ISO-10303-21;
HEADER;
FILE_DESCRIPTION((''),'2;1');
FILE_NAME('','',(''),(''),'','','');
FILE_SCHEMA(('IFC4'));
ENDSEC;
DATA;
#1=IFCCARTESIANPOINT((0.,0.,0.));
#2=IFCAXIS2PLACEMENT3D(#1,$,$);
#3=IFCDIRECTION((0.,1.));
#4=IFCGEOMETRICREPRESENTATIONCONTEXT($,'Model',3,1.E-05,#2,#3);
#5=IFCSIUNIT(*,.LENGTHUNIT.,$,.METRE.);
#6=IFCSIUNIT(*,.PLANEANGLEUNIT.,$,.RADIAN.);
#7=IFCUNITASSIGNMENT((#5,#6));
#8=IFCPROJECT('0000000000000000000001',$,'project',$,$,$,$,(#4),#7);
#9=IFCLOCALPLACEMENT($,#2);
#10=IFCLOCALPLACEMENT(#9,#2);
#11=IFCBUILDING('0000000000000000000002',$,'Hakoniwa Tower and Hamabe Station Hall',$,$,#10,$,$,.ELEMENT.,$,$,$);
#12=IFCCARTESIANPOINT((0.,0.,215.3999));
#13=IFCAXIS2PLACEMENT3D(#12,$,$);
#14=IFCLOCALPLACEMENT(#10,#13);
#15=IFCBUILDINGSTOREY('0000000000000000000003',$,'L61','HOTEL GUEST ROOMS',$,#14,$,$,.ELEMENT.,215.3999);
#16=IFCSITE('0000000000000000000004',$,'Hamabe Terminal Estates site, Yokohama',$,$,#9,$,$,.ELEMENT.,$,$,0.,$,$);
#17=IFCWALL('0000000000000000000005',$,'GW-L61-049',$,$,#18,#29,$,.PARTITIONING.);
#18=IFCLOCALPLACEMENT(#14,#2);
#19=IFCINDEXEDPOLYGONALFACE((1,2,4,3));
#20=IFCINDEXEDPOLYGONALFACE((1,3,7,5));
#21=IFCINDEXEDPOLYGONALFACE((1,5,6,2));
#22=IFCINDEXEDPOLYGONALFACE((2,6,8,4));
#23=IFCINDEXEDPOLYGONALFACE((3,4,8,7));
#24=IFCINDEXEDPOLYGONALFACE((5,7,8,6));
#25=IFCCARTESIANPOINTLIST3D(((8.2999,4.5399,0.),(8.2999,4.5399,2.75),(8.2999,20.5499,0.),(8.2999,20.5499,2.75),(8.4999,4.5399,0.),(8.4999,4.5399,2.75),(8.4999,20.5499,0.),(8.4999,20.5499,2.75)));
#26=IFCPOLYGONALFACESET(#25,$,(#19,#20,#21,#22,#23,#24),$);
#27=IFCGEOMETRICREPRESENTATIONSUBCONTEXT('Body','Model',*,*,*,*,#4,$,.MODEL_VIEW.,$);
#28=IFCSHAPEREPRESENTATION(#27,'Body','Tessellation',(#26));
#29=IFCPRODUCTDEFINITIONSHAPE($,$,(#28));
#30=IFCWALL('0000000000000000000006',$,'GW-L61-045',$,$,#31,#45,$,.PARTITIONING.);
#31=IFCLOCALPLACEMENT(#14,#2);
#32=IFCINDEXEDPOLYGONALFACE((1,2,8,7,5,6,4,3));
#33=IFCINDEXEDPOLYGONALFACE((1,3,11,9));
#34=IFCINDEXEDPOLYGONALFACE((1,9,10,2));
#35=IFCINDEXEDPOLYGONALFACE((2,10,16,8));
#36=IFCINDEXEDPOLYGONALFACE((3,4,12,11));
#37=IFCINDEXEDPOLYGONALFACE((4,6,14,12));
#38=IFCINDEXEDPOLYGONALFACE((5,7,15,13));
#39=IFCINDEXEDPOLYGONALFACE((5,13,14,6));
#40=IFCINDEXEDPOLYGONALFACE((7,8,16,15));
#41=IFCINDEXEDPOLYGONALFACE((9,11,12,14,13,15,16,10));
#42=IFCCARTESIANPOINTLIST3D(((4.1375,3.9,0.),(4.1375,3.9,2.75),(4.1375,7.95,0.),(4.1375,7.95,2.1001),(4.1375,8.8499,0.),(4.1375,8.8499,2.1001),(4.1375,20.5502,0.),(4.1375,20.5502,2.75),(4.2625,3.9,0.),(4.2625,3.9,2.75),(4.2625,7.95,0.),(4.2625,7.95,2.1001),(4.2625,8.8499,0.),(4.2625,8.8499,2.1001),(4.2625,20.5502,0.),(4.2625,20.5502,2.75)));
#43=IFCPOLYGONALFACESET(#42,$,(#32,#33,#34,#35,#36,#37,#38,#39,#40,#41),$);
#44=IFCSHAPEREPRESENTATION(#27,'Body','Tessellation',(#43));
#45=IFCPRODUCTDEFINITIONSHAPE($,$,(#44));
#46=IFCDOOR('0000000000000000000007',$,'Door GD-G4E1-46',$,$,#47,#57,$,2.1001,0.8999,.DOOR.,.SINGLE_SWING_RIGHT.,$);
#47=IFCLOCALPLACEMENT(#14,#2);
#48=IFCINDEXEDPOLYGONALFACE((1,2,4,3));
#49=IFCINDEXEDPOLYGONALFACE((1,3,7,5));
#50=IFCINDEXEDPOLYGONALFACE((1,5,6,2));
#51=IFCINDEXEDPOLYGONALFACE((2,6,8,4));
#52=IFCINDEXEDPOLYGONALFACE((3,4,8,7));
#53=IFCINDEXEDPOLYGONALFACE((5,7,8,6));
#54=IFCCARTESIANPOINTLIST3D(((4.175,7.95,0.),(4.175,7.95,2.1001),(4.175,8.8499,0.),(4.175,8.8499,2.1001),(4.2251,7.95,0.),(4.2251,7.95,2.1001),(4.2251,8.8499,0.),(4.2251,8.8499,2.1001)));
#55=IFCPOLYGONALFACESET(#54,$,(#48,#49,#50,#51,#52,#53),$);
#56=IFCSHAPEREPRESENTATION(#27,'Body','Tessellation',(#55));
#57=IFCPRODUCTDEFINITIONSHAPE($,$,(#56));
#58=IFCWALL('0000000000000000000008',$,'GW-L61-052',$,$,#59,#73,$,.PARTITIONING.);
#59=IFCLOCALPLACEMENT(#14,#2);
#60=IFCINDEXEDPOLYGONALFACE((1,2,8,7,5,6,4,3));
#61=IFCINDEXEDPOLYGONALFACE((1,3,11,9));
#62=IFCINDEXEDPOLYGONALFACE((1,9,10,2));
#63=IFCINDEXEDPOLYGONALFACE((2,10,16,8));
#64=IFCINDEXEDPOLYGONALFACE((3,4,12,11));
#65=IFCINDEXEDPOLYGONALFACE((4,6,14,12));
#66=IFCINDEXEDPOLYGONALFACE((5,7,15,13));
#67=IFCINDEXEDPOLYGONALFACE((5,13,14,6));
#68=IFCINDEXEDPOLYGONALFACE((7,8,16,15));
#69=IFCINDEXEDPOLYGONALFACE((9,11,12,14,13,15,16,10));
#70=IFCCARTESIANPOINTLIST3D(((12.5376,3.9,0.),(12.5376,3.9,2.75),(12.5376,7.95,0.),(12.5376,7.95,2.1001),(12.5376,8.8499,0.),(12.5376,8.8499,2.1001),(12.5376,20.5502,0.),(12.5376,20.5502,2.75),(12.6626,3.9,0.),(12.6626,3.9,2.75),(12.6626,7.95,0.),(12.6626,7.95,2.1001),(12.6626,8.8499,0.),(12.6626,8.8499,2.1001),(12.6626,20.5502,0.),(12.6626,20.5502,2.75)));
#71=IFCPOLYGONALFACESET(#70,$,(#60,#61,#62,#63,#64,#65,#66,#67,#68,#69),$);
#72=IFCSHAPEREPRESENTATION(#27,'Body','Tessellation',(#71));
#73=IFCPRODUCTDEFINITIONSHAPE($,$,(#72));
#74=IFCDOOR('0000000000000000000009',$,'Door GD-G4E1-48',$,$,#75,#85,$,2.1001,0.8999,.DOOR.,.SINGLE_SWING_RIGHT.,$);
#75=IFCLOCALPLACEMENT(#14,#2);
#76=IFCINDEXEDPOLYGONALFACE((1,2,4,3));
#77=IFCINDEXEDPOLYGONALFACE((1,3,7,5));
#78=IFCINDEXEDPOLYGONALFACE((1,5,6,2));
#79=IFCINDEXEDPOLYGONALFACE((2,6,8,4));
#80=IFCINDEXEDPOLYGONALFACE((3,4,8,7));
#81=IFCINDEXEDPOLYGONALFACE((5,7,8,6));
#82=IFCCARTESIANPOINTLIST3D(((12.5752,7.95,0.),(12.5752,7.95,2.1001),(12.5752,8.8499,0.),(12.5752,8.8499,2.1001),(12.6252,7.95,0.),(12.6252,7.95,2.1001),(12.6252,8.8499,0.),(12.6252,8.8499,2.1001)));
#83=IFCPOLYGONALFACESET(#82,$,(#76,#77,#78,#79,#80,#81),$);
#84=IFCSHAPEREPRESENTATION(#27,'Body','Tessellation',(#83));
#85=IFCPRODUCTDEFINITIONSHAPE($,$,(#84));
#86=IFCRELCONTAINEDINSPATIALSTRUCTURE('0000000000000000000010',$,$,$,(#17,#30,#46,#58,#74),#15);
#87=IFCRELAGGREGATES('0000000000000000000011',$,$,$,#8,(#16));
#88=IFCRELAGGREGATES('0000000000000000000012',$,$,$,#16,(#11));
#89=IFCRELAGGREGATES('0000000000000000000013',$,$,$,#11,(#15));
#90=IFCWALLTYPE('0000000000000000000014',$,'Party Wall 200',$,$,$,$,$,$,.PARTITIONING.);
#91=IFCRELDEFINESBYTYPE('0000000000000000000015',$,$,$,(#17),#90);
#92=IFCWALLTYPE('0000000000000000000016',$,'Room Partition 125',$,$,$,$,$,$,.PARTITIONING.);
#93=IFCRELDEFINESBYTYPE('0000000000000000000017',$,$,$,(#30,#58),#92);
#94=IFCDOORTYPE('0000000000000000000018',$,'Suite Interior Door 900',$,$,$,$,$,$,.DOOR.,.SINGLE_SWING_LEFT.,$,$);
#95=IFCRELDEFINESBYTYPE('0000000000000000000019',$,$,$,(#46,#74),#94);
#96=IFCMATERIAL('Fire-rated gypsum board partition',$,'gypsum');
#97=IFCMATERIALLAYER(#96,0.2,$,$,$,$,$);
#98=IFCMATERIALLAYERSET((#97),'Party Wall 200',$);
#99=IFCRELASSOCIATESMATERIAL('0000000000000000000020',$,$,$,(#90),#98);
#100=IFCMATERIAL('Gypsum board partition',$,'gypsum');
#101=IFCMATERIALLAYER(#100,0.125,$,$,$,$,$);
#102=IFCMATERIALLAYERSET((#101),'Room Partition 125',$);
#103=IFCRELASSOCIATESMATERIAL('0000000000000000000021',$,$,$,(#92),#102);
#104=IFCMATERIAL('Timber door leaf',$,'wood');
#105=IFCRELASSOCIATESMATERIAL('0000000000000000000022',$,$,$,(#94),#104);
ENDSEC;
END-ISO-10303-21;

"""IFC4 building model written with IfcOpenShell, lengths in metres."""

from ifc_helpers import new_model, si_unit, direction, frame, frame_2d, origin, place, context, subcontext, project, spatial, rectangle, extrude, material, layer, layer_set, type_object, element, fill, save


model = new_model("IFC4")

# Units and contexts
model_context = context("Model", 3, precision=1e-05, world=origin(), true_north=direction((0.0, 1.0)))
body_context = subcontext(model_context, "Body", "Model", "MODEL_VIEW")
ifc_project = project(units=[si_unit("LENGTHUNIT", "METRE"), si_unit("PLANEANGLEUNIT", "RADIAN")], contexts=[model_context])

# Site, building, storey
site_placement = place(None, origin())
site = spatial("IfcSite", under=ifc_project, at=site_placement, Name="Hamabe Terminal Estates site, Yokohama", CompositionType="ELEMENT", RefElevation=0.0)
building_placement = place(site_placement, origin())
building = spatial("IfcBuilding", under=site, at=building_placement, Name="Hakoniwa Tower and Hamabe Station Hall", CompositionType="ELEMENT")
storey_placement = place(building_placement, frame((0.0, 0.0, 215.3999)))
storey = spatial("IfcBuildingStorey", under=building, at=storey_placement, Name="L61", Description="HOTEL GUEST ROOMS", CompositionType="ELEMENT", Elevation=215.3999)

# Wall
ifc_material_1 = material(Name="Fire-rated gypsum board partition", Category="gypsum")
ifc_layer_1 = layer(ifc_material_1, 0.2)
ifc_layer_set_1 = layer_set([ifc_layer_1], Name="Party Wall 200")
wall_type_1 = type_object("IfcWallType", Name="Party Wall 200", PredefinedType="PARTITIONING", material=ifc_layer_set_1)
for number, where, z_axis, x_axis, name in (
    (1, (8.3999, 4.54, 0.0), (0.0, 0.0, 1.0), (0.0, 1.0, 0.0), "GW-L61-049"),
):
    element("IfcWall", number, at=place(storey_placement, frame(where, z_axis=z_axis, x_axis=x_axis)), inside=storey, type_object=wall_type_1, Name=name, PredefinedType="PARTITIONING", context=body_context, shape_type="SweptSolid", body=[
        extrude(rectangle(XDim=16.01, YDim=0.2, at=frame_2d((8.0049, 0.0))), origin(), (0.0, 0.0, 1.0), 2.75),
    ])

# Walls, openings, doors
ifc_material_2 = material(Name="Gypsum board partition", Category="gypsum")
ifc_layer_2 = layer(ifc_material_2, 0.125)
ifc_layer_set_2 = layer_set([ifc_layer_2], Name="Room Partition 125")
wall_type_2 = type_object("IfcWallType", Name="Room Partition 125", PredefinedType="PARTITIONING", material=ifc_layer_set_2)
wall_1_placement = place(storey_placement, frame((4.2, 3.8999, 0.0), z_axis=(0.0, 0.0, 1.0), x_axis=(0.0, 1.0, 0.0)))
wall_1 = element("IfcWall", 2, at=wall_1_placement, inside=storey, type_object=wall_type_2, Name="GW-L61-045", PredefinedType="PARTITIONING", context=body_context, shape_type="SweptSolid", body=[
    extrude(rectangle(XDim=16.6501, YDim=0.125, at=frame_2d((8.3252, 0.0))), origin(), (0.0, 0.0, 1.0), 2.75),
])
opening_1_placement = place(wall_1_placement, frame((4.05, 0.0, 0.0)))
opening_1 = element("IfcOpeningElement", 3, at=opening_1_placement, cuts=wall_1, PredefinedType="OPENING", context=body_context, shape_type="SweptSolid", body=[
    extrude(rectangle(XDim=0.8999, YDim=2.1001, at=frame_2d((0.45, 1.05))), frame((0.0, 0.0725, 0.0), z_axis=(0.0, -1.0, 0.0), x_axis=(1.0, 0.0, 0.0)), (0.0, 0.0, 1.0), 0.145),
])
ifc_material_3 = material(Name="Timber door leaf", Category="wood")
door_type_1 = type_object("IfcDoorType", Name="Suite Interior Door 900", OperationType="SINGLE_SWING_LEFT", PredefinedType="DOOR", material=ifc_material_3)
door_1_placement = place(opening_1_placement, origin())
door_1 = element("IfcDoor", 4, at=door_1_placement, inside=storey, type_object=door_type_1, Name="Door GD-G4E1-46", OperationType="SINGLE_SWING_RIGHT", OverallHeight=2.1001, OverallWidth=0.8999, PredefinedType="DOOR", context=body_context, shape_type="SweptSolid", body=[
    extrude(rectangle(XDim=0.8999, YDim=2.1001, at=frame_2d((0.45, 1.05))), frame((0.0, 0.0249, 0.0), z_axis=(0.0, -1.0, 0.0), x_axis=(1.0, 0.0, 0.0)), (0.0, 0.0, 1.0), 0.05),
])
fill(opening_1, door_1)
wall_2_placement = place(storey_placement, frame((12.6001, 3.8999, 0.0), z_axis=(0.0, 0.0, 1.0), x_axis=(0.0, 1.0, 0.0)))
wall_2 = element("IfcWall", 5, at=wall_2_placement, inside=storey, type_object=wall_type_2, Name="GW-L61-052", PredefinedType="PARTITIONING", context=body_context, shape_type="SweptSolid", body=[
    extrude(rectangle(XDim=16.6501, YDim=0.125, at=frame_2d((8.3252, 0.0))), origin(), (0.0, 0.0, 1.0), 2.75),
])
opening_2_placement = place(wall_2_placement, frame((4.05, 0.0, 0.0)))
opening_2 = element("IfcOpeningElement", 6, at=opening_2_placement, cuts=wall_2, PredefinedType="OPENING", context=body_context, shape_type="SweptSolid", body=[
    extrude(rectangle(XDim=0.8999, YDim=2.1001, at=frame_2d((0.45, 1.05))), frame((0.0, 0.0725, 0.0), z_axis=(0.0, -1.0, 0.0), x_axis=(1.0, 0.0, 0.0)), (0.0, 0.0, 1.0), 0.145),
])
door_2_placement = place(opening_2_placement, origin())
door_2 = element("IfcDoor", 7, at=door_2_placement, inside=storey, type_object=door_type_1, Name="Door GD-G4E1-48", OperationType="SINGLE_SWING_RIGHT", OverallHeight=2.1001, OverallWidth=0.8999, PredefinedType="DOOR", context=body_context, shape_type="SweptSolid", body=[
    extrude(rectangle(XDim=0.8999, YDim=2.1001, at=frame_2d((0.45, 1.05))), frame((0.0, 0.0249, 0.0), z_axis=(0.0, -1.0, 0.0), x_axis=(1.0, 0.0, 0.0)), (0.0, 0.0, 1.0), 0.05),
])
fill(opening_2, door_2)

save(model, "model.ifc")
